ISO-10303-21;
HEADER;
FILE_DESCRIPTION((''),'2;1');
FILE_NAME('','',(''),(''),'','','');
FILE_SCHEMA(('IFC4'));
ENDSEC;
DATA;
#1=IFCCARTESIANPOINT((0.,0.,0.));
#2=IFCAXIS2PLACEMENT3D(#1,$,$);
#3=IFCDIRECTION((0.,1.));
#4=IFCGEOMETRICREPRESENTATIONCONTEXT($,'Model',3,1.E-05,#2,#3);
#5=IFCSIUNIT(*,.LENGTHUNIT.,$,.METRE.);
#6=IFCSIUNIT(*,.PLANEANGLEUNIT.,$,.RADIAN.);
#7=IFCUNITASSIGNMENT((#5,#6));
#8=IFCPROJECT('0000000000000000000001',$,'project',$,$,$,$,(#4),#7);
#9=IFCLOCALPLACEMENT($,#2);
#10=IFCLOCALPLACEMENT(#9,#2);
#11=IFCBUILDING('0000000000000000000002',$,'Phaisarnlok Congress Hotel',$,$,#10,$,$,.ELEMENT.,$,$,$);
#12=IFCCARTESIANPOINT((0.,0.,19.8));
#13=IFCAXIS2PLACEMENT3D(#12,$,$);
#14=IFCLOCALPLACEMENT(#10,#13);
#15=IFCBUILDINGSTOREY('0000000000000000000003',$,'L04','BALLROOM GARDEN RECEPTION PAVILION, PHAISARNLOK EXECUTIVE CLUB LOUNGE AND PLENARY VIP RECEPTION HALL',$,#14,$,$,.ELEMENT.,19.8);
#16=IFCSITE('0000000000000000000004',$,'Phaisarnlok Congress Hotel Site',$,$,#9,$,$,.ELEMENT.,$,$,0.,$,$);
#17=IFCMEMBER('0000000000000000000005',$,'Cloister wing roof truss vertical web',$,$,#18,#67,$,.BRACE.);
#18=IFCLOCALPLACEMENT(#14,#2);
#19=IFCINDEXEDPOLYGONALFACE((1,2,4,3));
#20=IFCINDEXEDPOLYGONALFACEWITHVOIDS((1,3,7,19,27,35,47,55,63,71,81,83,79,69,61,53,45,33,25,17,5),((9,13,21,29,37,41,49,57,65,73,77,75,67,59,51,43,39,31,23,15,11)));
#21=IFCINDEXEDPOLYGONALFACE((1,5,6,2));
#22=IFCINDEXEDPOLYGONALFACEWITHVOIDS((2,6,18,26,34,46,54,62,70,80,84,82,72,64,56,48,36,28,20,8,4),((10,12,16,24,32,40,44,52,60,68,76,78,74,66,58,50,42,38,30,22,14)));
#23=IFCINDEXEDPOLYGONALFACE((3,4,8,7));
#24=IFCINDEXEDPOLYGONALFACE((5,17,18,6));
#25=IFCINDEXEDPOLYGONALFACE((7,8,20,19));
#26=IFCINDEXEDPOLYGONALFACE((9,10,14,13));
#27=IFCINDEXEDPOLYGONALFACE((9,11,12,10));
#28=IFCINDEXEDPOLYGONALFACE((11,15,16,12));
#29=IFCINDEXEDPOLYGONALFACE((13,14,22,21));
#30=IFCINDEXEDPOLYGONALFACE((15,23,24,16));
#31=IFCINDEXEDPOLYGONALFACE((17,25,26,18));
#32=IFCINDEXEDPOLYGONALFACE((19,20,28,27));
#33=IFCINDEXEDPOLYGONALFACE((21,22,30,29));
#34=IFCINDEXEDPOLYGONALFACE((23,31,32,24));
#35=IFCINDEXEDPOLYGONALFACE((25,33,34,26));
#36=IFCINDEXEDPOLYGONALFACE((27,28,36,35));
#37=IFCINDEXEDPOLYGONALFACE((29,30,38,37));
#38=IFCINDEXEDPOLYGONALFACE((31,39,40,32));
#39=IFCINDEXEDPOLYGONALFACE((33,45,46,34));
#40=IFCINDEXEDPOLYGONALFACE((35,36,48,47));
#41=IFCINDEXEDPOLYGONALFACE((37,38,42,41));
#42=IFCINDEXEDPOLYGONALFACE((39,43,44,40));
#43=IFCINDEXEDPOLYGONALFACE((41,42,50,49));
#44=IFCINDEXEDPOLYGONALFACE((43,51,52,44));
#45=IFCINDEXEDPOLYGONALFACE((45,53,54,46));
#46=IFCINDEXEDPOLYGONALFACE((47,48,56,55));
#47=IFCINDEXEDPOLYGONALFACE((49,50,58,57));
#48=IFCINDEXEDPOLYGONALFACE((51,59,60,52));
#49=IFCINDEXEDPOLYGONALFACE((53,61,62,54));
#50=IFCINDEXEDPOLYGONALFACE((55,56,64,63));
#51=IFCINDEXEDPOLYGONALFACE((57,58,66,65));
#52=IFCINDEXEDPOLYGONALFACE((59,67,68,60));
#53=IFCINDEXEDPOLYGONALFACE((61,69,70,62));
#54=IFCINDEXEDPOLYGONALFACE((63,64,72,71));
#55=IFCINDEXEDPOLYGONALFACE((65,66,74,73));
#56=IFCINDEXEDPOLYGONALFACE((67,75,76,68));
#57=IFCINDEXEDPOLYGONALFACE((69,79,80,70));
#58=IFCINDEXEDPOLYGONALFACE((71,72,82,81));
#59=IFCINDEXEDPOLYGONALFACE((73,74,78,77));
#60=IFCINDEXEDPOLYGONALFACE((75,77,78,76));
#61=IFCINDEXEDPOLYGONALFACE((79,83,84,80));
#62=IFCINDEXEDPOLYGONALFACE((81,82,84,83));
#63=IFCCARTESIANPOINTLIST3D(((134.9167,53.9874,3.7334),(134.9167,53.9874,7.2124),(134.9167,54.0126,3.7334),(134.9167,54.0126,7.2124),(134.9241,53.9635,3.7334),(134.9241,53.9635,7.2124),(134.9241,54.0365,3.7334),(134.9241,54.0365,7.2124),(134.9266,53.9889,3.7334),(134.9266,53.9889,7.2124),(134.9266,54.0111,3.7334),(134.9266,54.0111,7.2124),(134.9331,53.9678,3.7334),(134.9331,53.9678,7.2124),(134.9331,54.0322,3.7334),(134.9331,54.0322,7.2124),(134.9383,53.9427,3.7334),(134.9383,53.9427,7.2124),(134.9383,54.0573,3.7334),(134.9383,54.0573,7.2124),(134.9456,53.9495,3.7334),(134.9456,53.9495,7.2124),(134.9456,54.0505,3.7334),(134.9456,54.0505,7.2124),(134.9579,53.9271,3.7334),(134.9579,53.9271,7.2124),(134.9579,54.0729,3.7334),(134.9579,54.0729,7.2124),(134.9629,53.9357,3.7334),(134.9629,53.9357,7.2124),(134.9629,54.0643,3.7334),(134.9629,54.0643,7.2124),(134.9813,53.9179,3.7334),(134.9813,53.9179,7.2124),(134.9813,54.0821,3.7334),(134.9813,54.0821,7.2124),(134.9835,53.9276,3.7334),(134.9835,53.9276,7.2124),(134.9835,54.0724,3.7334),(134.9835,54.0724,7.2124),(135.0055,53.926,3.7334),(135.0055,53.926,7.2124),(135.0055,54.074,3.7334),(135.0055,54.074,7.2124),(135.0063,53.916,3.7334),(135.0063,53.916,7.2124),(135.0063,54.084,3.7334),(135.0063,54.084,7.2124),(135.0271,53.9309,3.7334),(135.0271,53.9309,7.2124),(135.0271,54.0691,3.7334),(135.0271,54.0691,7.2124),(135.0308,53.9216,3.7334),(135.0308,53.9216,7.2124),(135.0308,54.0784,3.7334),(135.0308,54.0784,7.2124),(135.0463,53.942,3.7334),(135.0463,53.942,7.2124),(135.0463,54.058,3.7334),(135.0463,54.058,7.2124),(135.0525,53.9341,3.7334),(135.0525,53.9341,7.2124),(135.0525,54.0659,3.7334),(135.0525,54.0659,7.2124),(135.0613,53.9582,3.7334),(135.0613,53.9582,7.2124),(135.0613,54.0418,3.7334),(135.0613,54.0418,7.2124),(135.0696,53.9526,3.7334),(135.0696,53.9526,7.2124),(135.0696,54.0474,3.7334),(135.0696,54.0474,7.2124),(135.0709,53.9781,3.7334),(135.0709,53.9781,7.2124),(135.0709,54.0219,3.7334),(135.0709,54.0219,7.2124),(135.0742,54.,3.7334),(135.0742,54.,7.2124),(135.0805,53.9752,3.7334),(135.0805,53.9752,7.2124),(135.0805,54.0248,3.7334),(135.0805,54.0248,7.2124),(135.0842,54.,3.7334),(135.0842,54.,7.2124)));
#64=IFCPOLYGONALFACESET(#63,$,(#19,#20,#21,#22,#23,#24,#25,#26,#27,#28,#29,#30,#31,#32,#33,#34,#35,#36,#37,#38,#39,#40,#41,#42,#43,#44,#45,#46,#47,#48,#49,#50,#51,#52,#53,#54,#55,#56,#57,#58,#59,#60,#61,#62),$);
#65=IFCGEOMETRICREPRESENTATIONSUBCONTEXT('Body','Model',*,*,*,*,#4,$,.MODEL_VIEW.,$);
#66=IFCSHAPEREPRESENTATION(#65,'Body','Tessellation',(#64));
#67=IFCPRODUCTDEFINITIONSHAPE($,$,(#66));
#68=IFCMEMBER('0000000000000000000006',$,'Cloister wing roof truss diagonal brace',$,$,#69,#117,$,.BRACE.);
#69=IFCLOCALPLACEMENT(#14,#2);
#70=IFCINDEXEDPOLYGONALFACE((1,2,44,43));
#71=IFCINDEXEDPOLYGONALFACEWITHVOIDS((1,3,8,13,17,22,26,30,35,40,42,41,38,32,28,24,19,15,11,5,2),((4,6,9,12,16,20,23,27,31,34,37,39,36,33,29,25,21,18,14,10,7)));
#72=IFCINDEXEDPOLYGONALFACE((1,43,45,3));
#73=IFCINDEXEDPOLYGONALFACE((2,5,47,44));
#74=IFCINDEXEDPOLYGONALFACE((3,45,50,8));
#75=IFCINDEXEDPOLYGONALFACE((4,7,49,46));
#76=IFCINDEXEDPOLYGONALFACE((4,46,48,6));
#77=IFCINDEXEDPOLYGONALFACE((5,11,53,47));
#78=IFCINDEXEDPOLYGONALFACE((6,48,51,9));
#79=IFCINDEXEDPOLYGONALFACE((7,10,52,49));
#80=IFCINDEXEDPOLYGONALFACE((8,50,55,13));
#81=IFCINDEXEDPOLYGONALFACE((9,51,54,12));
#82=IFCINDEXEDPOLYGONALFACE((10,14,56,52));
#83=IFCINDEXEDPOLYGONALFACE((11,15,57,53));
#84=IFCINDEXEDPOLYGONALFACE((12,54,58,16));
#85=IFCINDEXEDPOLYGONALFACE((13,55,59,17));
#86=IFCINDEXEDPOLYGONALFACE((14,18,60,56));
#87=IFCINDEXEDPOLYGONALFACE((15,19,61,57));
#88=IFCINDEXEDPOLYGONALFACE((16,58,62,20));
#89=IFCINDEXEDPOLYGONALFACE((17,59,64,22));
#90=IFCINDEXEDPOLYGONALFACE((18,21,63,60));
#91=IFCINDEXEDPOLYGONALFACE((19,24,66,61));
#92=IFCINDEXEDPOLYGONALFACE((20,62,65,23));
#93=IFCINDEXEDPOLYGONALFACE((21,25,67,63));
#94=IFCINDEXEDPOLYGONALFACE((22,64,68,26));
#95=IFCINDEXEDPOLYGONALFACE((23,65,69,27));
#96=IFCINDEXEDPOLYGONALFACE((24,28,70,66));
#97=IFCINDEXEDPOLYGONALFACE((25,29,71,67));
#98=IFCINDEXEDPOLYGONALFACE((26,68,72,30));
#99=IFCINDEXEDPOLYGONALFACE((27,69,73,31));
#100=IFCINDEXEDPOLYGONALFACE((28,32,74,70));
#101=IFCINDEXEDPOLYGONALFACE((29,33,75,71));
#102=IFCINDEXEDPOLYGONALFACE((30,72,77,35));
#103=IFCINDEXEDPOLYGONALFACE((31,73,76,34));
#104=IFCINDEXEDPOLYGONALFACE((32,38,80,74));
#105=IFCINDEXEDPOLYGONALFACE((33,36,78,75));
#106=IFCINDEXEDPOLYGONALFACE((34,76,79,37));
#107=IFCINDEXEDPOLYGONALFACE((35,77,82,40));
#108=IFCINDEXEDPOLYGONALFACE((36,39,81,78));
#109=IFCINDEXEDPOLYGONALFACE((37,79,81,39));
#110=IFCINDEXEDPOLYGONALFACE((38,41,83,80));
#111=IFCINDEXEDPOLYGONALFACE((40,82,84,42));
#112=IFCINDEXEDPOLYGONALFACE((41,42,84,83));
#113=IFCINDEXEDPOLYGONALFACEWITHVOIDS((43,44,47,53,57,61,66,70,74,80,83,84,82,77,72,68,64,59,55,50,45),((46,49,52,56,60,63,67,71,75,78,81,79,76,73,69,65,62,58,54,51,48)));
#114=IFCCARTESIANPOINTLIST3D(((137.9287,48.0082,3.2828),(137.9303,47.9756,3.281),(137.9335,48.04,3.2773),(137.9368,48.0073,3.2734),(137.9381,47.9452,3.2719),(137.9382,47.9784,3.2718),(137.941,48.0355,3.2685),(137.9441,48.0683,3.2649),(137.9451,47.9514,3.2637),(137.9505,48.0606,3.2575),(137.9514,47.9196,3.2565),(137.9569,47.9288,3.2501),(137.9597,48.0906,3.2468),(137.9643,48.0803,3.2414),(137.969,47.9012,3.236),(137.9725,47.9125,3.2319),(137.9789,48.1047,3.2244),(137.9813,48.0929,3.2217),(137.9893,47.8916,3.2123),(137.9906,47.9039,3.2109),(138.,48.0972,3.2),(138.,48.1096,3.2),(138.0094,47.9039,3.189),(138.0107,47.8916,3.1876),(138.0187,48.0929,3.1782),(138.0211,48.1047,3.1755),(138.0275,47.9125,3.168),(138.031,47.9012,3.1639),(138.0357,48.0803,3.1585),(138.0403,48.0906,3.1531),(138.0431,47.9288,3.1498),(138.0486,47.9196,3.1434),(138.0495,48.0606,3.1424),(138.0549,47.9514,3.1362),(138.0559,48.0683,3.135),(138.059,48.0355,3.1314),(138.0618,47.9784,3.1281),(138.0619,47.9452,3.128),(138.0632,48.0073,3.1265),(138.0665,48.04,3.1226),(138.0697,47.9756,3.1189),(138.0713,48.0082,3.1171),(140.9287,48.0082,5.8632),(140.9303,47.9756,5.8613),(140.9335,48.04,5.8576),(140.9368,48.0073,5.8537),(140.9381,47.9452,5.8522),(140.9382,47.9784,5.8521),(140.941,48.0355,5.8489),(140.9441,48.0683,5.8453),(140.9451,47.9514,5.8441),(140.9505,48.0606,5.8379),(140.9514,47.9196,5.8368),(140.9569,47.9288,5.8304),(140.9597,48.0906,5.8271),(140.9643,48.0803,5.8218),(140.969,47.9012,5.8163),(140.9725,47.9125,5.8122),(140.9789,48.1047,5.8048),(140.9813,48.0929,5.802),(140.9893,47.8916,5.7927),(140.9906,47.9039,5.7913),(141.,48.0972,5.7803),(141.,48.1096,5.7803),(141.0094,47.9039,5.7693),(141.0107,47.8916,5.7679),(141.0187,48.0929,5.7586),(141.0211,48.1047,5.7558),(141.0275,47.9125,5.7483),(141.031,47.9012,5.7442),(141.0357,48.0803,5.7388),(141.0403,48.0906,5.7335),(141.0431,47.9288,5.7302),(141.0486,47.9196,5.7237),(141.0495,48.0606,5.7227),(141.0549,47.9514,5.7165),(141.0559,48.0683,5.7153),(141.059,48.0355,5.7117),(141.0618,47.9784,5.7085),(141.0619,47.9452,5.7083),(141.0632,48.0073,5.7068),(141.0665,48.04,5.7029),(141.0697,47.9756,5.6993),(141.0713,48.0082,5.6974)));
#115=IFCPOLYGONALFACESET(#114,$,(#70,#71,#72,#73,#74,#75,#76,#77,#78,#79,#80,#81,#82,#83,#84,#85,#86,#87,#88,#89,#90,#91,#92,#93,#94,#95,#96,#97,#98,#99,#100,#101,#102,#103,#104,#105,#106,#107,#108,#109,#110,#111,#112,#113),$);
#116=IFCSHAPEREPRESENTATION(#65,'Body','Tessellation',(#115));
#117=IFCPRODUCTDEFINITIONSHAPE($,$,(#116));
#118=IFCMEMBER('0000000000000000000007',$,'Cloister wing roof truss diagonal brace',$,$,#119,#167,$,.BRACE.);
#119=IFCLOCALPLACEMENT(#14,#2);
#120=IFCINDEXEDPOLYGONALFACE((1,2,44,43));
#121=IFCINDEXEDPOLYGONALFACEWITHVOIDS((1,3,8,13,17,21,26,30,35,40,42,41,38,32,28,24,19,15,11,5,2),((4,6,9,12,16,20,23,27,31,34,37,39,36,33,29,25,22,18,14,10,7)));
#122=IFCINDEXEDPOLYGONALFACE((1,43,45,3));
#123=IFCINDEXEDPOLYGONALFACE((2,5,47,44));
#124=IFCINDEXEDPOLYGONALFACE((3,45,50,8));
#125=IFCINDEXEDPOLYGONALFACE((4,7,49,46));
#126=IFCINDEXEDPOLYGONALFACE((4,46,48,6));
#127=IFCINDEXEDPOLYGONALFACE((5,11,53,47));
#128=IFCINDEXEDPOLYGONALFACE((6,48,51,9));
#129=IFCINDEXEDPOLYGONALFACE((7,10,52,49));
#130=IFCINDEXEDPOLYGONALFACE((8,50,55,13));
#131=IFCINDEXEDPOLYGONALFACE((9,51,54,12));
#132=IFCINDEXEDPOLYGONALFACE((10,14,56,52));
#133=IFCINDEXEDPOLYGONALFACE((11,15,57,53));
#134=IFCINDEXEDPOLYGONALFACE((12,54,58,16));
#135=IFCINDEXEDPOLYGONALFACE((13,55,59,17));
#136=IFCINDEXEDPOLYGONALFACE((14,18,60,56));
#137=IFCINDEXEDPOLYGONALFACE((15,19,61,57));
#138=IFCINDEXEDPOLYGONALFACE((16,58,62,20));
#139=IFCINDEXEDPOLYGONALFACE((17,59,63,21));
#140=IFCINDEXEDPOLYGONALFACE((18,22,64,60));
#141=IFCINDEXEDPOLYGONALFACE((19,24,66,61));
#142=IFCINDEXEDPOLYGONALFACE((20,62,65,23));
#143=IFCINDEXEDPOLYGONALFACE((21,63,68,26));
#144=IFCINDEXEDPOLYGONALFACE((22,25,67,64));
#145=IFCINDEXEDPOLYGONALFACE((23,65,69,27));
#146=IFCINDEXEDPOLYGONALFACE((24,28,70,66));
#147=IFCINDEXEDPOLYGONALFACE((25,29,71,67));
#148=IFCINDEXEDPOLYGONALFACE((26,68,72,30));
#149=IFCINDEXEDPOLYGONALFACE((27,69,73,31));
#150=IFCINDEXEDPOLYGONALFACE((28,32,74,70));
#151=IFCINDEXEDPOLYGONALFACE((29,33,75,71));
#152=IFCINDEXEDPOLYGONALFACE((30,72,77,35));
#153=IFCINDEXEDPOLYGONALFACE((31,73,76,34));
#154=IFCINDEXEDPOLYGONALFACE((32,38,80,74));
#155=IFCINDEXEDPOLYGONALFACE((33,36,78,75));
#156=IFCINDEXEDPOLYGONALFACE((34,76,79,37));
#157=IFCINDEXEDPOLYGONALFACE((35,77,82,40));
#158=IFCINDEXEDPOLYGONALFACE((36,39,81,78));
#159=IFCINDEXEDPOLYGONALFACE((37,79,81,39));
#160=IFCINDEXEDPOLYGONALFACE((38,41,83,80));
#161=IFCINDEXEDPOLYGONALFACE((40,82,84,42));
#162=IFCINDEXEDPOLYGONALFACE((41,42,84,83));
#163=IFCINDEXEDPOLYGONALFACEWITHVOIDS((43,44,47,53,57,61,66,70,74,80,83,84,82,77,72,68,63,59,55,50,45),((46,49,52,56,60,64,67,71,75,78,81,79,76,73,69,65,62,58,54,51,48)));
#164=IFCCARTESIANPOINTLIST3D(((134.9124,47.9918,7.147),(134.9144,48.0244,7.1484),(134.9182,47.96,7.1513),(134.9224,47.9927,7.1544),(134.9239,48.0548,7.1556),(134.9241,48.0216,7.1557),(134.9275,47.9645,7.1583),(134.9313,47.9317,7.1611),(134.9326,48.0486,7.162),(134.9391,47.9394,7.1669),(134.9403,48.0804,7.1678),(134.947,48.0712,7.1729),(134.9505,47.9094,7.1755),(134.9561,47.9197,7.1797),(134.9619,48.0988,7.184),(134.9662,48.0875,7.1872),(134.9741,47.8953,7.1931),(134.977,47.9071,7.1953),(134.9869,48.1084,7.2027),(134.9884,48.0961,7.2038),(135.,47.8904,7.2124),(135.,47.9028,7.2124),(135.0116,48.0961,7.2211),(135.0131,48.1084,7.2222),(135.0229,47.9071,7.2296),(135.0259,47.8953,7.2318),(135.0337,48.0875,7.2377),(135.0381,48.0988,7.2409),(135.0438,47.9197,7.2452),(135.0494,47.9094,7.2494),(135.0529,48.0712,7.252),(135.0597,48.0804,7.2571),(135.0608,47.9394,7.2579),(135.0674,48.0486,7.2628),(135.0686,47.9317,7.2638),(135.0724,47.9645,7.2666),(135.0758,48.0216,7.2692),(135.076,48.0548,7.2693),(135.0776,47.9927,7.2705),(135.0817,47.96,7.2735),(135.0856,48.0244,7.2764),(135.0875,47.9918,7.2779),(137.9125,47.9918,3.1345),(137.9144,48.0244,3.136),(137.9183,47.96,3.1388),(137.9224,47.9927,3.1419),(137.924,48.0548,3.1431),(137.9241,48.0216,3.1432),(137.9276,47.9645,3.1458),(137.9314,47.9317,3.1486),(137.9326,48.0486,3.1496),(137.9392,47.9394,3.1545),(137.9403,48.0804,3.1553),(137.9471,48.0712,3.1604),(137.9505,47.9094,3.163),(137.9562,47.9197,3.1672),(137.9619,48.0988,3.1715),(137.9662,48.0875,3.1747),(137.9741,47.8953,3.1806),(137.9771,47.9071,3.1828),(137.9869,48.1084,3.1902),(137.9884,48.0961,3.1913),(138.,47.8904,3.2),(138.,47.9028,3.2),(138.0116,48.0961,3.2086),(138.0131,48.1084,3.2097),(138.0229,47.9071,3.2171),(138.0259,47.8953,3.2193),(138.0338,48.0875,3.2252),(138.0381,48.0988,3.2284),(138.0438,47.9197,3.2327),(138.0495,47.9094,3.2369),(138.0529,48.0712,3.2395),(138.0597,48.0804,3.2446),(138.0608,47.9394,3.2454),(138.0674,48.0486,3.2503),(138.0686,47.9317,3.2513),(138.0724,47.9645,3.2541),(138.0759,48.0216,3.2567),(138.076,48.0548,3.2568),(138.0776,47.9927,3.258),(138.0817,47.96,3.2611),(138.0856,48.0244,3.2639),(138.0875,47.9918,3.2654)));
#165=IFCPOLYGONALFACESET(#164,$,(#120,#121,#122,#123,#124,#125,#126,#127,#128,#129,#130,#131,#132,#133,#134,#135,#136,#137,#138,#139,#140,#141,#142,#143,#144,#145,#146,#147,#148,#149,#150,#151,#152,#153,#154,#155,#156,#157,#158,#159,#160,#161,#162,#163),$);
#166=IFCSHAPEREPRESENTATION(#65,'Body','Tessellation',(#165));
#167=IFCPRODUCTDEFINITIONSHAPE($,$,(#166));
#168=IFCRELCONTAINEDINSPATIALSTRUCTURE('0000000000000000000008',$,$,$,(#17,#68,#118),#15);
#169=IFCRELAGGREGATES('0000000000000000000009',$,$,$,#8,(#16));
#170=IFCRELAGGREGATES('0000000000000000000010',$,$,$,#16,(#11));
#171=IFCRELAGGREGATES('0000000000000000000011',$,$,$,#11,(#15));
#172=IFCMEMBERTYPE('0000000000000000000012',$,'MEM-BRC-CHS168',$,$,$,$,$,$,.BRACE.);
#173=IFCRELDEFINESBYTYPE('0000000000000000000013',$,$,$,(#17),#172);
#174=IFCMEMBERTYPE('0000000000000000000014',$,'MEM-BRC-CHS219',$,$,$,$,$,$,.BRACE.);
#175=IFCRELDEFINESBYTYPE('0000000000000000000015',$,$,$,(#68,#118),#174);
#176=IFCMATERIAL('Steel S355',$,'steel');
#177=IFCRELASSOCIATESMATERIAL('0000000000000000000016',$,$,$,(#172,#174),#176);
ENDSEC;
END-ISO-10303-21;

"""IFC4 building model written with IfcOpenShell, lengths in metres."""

from ifc_helpers import new_model, si_unit, direction, frame, origin, origin_2d, place, context, subcontext, project, spatial, hollow_circle, extrude, material, material_profile, profile_set, type_object, element, save


model = new_model("IFC4")

# Units and contexts
model_context = context("Model", 3, precision=1e-05, world=origin(), true_north=direction((0.0, 1.0)))
body_context = subcontext(model_context, "Body", "Model", "MODEL_VIEW")
ifc_project = project(units=[si_unit("LENGTHUNIT", "METRE"), si_unit("PLANEANGLEUNIT", "RADIAN")], contexts=[model_context])

# Site, building, storey
site_placement = place(None, origin())
site = spatial("IfcSite", under=ifc_project, at=site_placement, Name="Phaisarnlok Congress Hotel Site", CompositionType="ELEMENT", RefElevation=0.0)
building_placement = place(site_placement, origin())
building = spatial("IfcBuilding", under=site, at=building_placement, Name="Phaisarnlok Congress Hotel", CompositionType="ELEMENT")
storey_placement = place(building_placement, frame((0.0, 0.0, 19.8)))
storey = spatial("IfcBuildingStorey", under=building, at=storey_placement, Name="L04", Description="BALLROOM GARDEN RECEPTION PAVILION, PHAISARNLOK EXECUTIVE CLUB LOUNGE AND PLENARY VIP RECEPTION HALL", CompositionType="ELEMENT", Elevation=19.8)

# Shared definitions
ifc_material_1 = material(Name="Steel S355", Category="steel")

# Members
ifc_material_profile_1 = material_profile(ifc_material_1, hollow_circle(Radius=0.0842, WallThickness=0.01, at=origin_2d()), Name="CHS 168.3x10")
ifc_profile_set_1 = profile_set([ifc_material_profile_1], Name="Steel S355")
member_type_1 = type_object("IfcMemberType", Name="MEM-BRC-CHS168", PredefinedType="BRACE", material=ifc_profile_set_1)
member_1_placement = place(storey_placement, frame((135.0, 54.0, 3.7334), z_axis=(0.0, 0.0, 1.0), x_axis=(1.0, 0.0, 0.0)))
element("IfcMember", 1, at=member_1_placement, inside=storey, type_object=member_type_1, Name="Cloister wing roof truss vertical web", PredefinedType="BRACE", context=body_context, shape_type="SweptSolid", body=[
    extrude(hollow_circle(Radius=0.0842, WallThickness=0.01, at=origin_2d()), origin(), (0.0, 0.0, 1.0), 3.479),
])
ifc_material_profile_2 = material_profile(ifc_material_1, hollow_circle(Radius=0.1096, WallThickness=0.0125, at=origin_2d()), Name="CHS 219.1x12.5")
ifc_profile_set_2 = profile_set([ifc_material_profile_2], Name="Steel S355")
member_type_2 = type_object("IfcMemberType", Name="MEM-BRC-CHS219", PredefinedType="BRACE", material=ifc_profile_set_2)
member_2_placement = place(storey_placement, frame((138.0, 48.0, 3.2), z_axis=(0.758145, 0.0, 0.652086), x_axis=(0.0, 1.0, 0.0)))
element("IfcMember", 2, at=member_2_placement, inside=storey, type_object=member_type_2, Name="Cloister wing roof truss diagonal brace", PredefinedType="BRACE", context=body_context, shape_type="SweptSolid", body=[
    extrude(hollow_circle(Radius=0.1096, WallThickness=0.0125, at=origin_2d()), origin(), (0.0, 0.0, 1.0), 3.957),
])
member_3_placement = place(storey_placement, frame((138.0, 48.0, 3.2), z_axis=(-0.598806, 0.0, 0.800894), x_axis=(0.0, -1.0, 0.0)))
element("IfcMember", 3, at=member_3_placement, inside=storey, type_object=member_type_2, Name="Cloister wing roof truss diagonal brace", PredefinedType="BRACE", context=body_context, shape_type="SweptSolid", body=[
    extrude(hollow_circle(Radius=0.1096, WallThickness=0.0125, at=origin_2d()), origin(), (0.0, 0.0, 1.0), 5.01),
])

save(model, "model.ifc")
